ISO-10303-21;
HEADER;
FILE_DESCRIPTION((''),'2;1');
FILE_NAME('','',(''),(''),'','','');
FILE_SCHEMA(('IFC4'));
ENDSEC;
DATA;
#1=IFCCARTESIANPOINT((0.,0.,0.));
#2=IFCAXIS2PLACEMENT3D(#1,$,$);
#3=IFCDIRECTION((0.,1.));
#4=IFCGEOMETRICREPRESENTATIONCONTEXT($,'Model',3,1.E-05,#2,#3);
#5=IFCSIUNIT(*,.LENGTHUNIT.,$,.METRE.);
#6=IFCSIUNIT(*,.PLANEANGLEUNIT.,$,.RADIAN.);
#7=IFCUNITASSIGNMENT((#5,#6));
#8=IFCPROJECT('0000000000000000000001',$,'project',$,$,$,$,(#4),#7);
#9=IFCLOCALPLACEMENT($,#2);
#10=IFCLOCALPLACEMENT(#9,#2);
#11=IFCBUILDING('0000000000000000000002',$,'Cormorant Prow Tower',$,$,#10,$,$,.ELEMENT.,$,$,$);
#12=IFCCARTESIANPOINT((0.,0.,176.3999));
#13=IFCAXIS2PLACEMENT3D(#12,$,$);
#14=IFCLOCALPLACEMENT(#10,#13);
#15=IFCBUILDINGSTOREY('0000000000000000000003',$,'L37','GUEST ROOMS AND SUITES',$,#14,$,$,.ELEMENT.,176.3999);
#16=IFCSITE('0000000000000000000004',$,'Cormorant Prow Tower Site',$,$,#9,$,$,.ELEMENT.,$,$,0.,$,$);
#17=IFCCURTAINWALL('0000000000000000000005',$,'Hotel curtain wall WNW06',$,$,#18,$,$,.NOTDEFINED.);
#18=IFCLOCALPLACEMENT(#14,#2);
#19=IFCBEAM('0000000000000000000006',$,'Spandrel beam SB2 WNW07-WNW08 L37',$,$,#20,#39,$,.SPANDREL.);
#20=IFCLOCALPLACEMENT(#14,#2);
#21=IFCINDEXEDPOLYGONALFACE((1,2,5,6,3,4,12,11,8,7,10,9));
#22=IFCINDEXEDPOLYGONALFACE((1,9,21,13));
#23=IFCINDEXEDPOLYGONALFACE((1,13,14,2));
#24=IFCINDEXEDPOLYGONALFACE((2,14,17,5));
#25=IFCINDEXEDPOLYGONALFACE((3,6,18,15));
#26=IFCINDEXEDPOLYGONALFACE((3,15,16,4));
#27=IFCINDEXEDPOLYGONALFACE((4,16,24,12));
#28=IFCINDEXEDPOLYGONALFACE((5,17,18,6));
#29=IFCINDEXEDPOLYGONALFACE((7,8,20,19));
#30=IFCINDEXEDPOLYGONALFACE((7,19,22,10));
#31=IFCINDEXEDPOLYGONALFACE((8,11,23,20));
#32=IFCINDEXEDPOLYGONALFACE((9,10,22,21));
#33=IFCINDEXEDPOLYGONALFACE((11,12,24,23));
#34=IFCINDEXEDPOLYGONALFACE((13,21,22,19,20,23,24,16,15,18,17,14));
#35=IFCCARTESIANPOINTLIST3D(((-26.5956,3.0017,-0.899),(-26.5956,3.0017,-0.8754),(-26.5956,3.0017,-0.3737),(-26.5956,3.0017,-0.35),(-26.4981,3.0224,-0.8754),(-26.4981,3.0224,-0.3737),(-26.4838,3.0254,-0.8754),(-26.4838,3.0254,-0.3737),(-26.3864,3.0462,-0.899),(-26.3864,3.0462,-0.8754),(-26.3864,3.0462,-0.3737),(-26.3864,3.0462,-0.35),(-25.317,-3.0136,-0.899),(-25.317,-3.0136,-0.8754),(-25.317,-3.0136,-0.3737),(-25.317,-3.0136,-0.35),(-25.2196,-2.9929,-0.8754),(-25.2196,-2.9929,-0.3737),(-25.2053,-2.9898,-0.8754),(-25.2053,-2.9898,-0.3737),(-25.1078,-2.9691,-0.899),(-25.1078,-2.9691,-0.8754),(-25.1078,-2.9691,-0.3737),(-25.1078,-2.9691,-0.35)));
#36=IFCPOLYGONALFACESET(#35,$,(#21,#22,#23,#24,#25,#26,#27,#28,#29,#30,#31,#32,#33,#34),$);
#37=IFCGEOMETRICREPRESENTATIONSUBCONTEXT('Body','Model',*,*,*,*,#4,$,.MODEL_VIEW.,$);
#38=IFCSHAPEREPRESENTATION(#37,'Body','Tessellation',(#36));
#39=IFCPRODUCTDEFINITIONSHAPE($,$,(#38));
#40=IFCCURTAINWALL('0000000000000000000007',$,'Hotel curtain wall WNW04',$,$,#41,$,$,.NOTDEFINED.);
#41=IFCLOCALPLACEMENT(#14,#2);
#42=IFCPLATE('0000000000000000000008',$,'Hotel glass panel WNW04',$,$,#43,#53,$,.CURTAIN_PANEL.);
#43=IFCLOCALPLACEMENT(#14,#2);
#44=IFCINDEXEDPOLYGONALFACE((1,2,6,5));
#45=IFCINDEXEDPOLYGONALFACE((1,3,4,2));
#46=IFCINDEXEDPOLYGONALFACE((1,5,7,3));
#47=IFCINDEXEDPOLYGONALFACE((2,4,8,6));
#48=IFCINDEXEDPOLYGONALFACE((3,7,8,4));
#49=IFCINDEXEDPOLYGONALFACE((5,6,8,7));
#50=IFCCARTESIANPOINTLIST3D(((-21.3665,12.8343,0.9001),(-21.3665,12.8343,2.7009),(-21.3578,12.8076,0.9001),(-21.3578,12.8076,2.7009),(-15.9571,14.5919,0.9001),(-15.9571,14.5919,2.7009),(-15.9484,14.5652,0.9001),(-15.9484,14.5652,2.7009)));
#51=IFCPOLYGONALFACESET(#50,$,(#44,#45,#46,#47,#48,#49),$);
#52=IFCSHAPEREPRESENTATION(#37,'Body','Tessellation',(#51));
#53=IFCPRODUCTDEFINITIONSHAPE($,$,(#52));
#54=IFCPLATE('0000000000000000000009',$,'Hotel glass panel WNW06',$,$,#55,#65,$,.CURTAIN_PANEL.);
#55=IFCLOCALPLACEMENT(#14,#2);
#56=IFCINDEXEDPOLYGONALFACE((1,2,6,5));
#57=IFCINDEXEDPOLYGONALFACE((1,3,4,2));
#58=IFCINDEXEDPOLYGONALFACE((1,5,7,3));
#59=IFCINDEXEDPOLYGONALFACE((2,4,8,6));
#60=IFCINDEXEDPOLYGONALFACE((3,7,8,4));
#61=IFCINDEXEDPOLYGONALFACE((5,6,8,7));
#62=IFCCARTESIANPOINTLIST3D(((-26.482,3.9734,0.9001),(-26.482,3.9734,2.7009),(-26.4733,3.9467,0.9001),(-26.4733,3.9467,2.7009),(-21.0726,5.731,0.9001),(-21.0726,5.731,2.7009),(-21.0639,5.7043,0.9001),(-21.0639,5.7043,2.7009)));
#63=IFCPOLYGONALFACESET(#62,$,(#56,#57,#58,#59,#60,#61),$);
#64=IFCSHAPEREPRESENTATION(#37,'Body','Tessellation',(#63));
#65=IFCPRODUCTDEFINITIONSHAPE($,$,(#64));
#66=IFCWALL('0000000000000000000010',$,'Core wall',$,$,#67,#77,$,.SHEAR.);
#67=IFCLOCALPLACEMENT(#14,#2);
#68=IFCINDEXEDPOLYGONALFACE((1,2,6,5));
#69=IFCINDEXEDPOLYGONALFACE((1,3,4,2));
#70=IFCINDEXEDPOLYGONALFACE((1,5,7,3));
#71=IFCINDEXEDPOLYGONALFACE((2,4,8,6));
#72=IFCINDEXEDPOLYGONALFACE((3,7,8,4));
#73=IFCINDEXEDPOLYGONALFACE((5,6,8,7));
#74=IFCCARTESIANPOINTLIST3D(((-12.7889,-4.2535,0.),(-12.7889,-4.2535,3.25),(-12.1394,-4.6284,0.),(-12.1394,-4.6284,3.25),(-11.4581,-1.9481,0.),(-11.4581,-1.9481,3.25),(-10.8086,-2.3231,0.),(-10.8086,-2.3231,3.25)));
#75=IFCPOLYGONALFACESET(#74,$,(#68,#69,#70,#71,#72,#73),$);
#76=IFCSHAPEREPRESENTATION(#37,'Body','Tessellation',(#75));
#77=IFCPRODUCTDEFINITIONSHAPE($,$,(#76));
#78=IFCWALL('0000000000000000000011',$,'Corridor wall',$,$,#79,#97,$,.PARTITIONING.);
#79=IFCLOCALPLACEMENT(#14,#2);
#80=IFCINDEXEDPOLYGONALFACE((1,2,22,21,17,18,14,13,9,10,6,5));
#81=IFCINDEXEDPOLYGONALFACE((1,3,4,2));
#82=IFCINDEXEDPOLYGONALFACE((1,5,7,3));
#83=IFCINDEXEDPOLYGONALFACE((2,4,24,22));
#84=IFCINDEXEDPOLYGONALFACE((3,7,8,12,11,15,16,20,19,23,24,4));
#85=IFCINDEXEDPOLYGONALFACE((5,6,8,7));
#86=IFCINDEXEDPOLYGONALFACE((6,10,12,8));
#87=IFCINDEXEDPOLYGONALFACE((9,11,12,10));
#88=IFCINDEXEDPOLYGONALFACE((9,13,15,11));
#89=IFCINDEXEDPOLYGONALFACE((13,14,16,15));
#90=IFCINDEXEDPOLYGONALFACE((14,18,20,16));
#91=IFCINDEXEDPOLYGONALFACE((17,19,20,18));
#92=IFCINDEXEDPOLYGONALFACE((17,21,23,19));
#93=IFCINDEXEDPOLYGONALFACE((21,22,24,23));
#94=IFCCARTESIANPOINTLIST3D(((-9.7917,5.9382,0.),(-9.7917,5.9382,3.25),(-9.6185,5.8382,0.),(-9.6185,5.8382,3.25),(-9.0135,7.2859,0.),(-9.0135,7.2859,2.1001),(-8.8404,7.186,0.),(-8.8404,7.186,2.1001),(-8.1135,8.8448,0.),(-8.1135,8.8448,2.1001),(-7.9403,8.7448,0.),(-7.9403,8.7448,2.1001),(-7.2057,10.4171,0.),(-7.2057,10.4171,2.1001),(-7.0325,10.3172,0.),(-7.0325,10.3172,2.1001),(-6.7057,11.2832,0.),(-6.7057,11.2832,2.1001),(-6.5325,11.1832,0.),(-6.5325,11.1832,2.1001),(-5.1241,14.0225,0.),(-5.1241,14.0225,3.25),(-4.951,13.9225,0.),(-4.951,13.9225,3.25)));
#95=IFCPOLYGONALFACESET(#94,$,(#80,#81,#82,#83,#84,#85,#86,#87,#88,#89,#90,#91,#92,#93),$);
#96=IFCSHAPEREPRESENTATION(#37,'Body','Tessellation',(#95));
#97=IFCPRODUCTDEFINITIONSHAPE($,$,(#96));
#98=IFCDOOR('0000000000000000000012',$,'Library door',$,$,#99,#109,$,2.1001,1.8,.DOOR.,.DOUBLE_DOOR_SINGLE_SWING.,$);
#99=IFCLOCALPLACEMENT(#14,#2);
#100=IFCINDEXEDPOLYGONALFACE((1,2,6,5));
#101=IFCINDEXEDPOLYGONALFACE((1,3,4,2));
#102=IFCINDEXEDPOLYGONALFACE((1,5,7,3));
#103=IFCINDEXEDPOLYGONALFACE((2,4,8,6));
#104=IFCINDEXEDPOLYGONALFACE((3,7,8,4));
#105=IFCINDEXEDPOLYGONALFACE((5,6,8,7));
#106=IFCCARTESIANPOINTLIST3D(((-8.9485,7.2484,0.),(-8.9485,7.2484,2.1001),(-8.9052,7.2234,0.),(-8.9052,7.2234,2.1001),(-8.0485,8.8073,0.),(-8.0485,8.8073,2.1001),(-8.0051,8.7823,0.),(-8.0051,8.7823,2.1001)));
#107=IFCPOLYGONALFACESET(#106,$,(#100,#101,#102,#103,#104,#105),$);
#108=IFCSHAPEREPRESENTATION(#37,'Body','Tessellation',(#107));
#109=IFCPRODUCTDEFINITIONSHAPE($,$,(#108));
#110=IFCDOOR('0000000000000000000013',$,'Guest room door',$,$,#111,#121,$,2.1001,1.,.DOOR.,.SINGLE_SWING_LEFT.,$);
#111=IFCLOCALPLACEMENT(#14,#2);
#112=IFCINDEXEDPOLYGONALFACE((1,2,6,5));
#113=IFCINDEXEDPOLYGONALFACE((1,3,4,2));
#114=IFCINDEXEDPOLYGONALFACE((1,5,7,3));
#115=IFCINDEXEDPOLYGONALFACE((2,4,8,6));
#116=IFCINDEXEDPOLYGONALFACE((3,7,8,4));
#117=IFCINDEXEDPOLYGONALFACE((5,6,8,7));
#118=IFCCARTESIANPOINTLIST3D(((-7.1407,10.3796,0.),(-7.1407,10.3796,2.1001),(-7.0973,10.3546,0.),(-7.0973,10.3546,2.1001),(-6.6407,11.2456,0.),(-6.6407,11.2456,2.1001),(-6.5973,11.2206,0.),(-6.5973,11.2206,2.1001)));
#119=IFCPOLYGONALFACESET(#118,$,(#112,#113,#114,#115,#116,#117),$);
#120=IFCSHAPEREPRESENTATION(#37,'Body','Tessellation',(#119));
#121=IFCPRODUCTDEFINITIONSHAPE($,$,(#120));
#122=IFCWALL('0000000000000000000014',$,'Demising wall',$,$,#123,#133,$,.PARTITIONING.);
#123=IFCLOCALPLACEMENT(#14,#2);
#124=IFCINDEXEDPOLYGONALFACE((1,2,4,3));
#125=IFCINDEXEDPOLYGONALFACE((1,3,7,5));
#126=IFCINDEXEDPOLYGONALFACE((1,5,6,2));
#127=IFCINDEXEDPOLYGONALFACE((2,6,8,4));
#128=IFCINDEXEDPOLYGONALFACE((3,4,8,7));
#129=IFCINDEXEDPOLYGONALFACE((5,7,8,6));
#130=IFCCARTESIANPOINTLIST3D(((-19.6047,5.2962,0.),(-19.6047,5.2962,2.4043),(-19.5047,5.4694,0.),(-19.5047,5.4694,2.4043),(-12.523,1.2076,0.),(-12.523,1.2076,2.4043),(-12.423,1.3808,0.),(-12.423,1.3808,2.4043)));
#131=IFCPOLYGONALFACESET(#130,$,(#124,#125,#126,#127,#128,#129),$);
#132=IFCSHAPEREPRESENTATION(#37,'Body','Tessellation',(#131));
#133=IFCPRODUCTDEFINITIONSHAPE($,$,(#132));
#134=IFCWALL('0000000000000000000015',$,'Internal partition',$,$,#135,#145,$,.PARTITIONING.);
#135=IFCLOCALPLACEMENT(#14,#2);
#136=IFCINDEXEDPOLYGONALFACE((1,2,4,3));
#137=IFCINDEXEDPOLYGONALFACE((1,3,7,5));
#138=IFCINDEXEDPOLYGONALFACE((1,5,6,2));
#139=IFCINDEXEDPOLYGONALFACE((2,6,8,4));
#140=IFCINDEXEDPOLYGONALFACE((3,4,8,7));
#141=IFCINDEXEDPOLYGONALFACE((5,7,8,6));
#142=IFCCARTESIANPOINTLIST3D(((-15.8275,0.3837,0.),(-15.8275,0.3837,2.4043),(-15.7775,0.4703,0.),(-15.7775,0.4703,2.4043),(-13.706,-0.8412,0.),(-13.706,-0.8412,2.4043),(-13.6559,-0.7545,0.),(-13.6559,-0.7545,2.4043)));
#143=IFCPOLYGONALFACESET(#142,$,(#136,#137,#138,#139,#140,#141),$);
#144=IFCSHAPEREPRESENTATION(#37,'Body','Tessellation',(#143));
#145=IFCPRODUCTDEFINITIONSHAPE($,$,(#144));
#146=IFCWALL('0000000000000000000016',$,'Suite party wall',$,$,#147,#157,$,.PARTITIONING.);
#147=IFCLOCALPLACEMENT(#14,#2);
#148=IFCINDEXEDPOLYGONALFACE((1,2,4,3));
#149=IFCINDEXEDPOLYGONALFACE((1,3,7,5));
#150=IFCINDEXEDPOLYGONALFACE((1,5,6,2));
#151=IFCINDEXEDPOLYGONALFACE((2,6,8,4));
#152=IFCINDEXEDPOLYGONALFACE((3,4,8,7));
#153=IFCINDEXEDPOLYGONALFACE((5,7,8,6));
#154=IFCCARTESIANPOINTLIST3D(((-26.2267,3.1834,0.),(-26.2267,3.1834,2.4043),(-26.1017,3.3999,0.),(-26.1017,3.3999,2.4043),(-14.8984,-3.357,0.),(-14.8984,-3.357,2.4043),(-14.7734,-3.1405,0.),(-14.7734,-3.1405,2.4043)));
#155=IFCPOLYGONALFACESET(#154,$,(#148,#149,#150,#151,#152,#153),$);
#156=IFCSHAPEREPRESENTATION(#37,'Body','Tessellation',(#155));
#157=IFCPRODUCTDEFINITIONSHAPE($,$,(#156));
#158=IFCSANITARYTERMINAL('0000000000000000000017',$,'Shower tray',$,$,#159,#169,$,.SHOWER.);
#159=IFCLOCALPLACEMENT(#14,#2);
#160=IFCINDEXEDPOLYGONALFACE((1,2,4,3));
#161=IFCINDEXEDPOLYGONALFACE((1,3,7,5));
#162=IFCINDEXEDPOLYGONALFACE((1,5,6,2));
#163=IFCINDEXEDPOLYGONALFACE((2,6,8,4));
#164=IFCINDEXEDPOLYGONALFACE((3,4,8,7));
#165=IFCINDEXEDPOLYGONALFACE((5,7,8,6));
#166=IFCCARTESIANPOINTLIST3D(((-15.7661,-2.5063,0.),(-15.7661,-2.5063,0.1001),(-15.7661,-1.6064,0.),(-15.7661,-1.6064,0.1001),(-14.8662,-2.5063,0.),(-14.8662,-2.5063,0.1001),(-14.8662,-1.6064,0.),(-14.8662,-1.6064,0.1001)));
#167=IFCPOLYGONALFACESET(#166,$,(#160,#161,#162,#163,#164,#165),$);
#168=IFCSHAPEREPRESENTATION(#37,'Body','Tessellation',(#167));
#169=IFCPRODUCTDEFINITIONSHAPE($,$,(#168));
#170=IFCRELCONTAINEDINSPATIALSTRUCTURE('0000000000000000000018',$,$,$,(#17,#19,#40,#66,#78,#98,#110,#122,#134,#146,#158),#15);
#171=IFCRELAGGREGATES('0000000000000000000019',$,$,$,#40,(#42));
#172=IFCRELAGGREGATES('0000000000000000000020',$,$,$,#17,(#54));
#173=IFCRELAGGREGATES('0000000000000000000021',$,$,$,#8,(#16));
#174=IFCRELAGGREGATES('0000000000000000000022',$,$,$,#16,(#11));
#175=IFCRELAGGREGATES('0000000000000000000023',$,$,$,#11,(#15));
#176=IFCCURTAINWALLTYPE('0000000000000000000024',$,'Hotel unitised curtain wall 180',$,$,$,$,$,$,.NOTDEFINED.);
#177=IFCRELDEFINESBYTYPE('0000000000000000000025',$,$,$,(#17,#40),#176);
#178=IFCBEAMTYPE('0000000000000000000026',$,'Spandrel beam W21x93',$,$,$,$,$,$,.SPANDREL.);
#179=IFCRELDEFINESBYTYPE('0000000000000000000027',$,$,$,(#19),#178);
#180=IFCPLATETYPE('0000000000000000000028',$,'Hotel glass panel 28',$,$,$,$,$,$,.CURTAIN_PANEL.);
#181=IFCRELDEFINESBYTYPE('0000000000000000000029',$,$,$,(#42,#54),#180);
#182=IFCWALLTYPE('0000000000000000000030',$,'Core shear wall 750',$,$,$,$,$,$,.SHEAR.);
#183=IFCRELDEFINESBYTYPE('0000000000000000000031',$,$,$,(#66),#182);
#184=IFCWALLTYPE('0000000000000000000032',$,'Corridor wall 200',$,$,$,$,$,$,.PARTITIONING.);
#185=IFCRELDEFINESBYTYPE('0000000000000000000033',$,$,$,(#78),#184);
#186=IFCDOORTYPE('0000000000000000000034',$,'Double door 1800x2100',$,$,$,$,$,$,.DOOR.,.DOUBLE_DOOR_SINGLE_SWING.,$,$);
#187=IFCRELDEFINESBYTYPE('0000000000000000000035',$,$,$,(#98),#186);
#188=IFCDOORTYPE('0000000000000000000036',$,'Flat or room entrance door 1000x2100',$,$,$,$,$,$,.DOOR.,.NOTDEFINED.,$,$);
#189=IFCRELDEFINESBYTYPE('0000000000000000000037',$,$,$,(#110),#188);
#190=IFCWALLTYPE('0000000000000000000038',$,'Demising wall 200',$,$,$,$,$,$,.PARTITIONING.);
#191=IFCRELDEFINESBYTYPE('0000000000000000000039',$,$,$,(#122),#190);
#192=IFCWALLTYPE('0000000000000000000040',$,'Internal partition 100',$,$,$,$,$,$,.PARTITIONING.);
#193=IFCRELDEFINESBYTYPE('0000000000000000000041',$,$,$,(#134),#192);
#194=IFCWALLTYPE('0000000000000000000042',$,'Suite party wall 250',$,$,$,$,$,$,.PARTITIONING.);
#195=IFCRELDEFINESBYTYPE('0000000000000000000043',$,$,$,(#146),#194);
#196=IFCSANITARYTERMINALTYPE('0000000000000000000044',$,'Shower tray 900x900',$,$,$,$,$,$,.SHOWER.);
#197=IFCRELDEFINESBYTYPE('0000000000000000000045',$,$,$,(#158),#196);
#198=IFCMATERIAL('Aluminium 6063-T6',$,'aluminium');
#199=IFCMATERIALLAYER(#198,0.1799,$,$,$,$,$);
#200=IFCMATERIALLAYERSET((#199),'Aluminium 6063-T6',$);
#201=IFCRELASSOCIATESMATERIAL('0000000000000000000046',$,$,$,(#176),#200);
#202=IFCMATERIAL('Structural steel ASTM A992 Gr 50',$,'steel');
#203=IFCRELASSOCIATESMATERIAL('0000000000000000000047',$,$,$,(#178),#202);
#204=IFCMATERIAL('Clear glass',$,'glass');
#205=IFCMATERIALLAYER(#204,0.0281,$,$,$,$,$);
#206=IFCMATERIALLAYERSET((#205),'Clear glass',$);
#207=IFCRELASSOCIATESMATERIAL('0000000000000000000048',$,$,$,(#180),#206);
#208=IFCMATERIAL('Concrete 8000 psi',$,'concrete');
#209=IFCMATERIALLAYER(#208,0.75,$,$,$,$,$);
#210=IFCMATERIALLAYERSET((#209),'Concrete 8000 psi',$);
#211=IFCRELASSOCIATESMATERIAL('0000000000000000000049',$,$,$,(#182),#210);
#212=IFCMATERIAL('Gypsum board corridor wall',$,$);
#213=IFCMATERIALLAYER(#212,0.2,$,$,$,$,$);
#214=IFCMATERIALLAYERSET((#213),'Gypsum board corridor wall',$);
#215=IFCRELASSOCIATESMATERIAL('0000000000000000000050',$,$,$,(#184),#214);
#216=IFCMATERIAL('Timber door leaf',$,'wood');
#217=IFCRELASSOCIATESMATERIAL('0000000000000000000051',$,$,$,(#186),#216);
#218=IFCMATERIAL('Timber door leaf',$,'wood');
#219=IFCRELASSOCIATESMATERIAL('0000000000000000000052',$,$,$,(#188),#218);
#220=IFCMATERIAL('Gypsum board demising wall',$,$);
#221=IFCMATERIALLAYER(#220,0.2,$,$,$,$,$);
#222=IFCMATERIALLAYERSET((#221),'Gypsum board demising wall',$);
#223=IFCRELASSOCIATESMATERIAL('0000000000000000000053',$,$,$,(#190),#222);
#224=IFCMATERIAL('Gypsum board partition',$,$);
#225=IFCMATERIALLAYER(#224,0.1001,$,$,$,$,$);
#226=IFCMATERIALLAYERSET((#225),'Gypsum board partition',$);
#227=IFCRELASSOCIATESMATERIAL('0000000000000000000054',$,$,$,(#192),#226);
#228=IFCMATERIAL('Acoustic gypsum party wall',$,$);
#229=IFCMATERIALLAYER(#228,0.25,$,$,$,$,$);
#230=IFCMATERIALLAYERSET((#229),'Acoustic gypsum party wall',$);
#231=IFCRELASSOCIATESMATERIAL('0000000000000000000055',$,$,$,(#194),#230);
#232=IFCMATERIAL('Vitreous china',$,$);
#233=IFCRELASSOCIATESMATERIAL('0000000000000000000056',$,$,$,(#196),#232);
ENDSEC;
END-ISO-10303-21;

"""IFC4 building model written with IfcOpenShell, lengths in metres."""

from ifc_helpers import new_model, si_unit, direction, frame, frame_2d, origin, origin_2d, place, context, subcontext, project, spatial, rectangle, i_section, extrude, material, layer, layer_set, material_profile, profile_set, type_object, element, fill, aggregate, save


model = new_model("IFC4")

# Units and contexts
model_context = context("Model", 3, precision=1e-05, world=origin(), true_north=direction((0.0, 1.0)))
body_context = subcontext(model_context, "Body", "Model", "MODEL_VIEW")
ifc_project = project(units=[si_unit("LENGTHUNIT", "METRE"), si_unit("PLANEANGLEUNIT", "RADIAN")], contexts=[model_context])

# Site, building, storey
site_placement = place(None, origin())
site = spatial("IfcSite", under=ifc_project, at=site_placement, Name="Cormorant Prow Tower Site", CompositionType="ELEMENT", RefElevation=0.0)
building_placement = place(site_placement, origin())
building = spatial("IfcBuilding", under=site, at=building_placement, Name="Cormorant Prow Tower", CompositionType="ELEMENT")
storey_placement = place(building_placement, frame((0.0, 0.0, 176.3999)))
storey = spatial("IfcBuildingStorey", under=building, at=storey_placement, Name="L37", Description="GUEST ROOMS AND SUITES", CompositionType="ELEMENT", Elevation=176.3999)

# Curtain wall
ifc_material_1 = material(Name="Aluminium 6063-T6", Category="aluminium")
ifc_layer_1 = layer(ifc_material_1, 0.1799)
ifc_layer_set_1 = layer_set([ifc_layer_1], Name="Aluminium 6063-T6")
curtain_wall_type = type_object("IfcCurtainWallType", Name="Hotel unitised curtain wall 180", PredefinedType="NOTDEFINED", material=ifc_layer_set_1)
curtain_wall_1_placement = place(storey_placement, origin())
curtain_wall_1 = element("IfcCurtainWall", 1, at=curtain_wall_1_placement, inside=storey, type_object=curtain_wall_type, Name="Hotel curtain wall WNW06", PredefinedType="NOTDEFINED")

# Beam
ifc_material_2 = material(Name="Structural steel ASTM A992 Gr 50", Category="steel")
ifc_material_profile_1 = material_profile(ifc_material_2, i_section(OverallWidth=0.2139, OverallDepth=0.5491, WebThickness=0.0146, FlangeThickness=0.0237, at=origin_2d()), Name="W21x93")
ifc_profile_set_1 = profile_set([ifc_material_profile_1], Name="Structural steel ASTM A992 Gr 50")
beam_type_1 = type_object("IfcBeamType", Name="Spandrel beam W21x93", PredefinedType="SPANDREL", material=ifc_profile_set_1)
beam_1_placement = place(storey_placement, frame((-26.491, 3.0239, -0.6245), z_axis=(0.207905, -0.978149, 0.0), x_axis=(0.978149, 0.207905, 0.0)))
element("IfcBeam", 2, at=beam_1_placement, inside=storey, type_object=beam_type_1, Name="Spandrel beam SB2 WNW07-WNW08 L37", PredefinedType="SPANDREL", context=body_context, shape_type="SweptSolid", body=[
    extrude(i_section(OverallWidth=0.2139, OverallDepth=0.5491, WebThickness=0.0146, FlangeThickness=0.0237, at=origin_2d()), origin(), (0.0, 0.0, 1.0), 6.1497),
])

# Curtain wall, plate
curtain_wall_2_placement = place(storey_placement, origin())
curtain_wall_2 = element("IfcCurtainWall", 3, at=curtain_wall_2_placement, inside=storey, type_object=curtain_wall_type, Name="Hotel curtain wall WNW04", PredefinedType="NOTDEFINED")
ifc_material_3 = material(Name="Clear glass", Category="glass")
ifc_layer_2 = layer(ifc_material_3, 0.0281)
ifc_layer_set_2 = layer_set([ifc_layer_2], Name="Clear glass")
plate_type = type_object("IfcPlateType", Name="Hotel glass panel 28", PredefinedType="CURTAIN_PANEL", material=ifc_layer_set_2)
plate_1_placement = place(storey_placement, frame((-18.6575, 13.6997, 0.9001), z_axis=(0.0, 0.0, 1.0), x_axis=(-0.951057, -0.309017, 0.0)))
plate_1 = element("IfcPlate", 4, at=plate_1_placement, type_object=plate_type, Name="Hotel glass panel WNW04", PredefinedType="CURTAIN_PANEL", context=body_context, shape_type="SweptSolid", body=[
    extrude(rectangle(XDim=5.6877, YDim=0.0281, at=origin_2d()), origin(), (0.0, 0.0, 1.0), 1.8008),
])
aggregate(curtain_wall_2, [plate_1])

# Plate
plate_2_placement = place(storey_placement, frame((-23.7729, 4.8389, 0.9001), z_axis=(0.0, 0.0, 1.0), x_axis=(-0.951057, -0.309017, 0.0)))
plate_2 = element("IfcPlate", 5, at=plate_2_placement, type_object=plate_type, Name="Hotel glass panel WNW06", PredefinedType="CURTAIN_PANEL", context=body_context, shape_type="SweptSolid", body=[
    extrude(rectangle(XDim=5.6877, YDim=0.0281, at=origin_2d()), origin(), (0.0, 0.0, 1.0), 1.8008),
])
aggregate(curtain_wall_1, [plate_2])

# Wall
ifc_material_4 = material(Name="Concrete 8000 psi", Category="concrete")
ifc_layer_3 = layer(ifc_material_4, 0.75)
ifc_layer_set_3 = layer_set([ifc_layer_3], Name="Concrete 8000 psi")
wall_type_1 = type_object("IfcWallType", Name="Core shear wall 750", PredefinedType="SHEAR", material=ifc_layer_set_3)
wall_1_placement = place(storey_placement, frame((-11.1333, -2.1355, 0.0), z_axis=(0.0, 0.0, 1.0), x_axis=(-0.499937, -0.866062, 0.0)))
element("IfcWall", 6, at=wall_1_placement, inside=storey, type_object=wall_type_1, Name="Core wall", PredefinedType="SHEAR", context=body_context, shape_type="SweptSolid", body=[
    extrude(rectangle(XDim=2.6619, YDim=0.75, at=frame_2d((1.3311, 0.0))), origin(), (0.0, 0.0, 1.0), 3.25),
])

# Wall, openings, doors
ifc_material_5 = material(Name="Gypsum board corridor wall")
ifc_layer_4 = layer(ifc_material_5, 0.2)
ifc_layer_set_4 = layer_set([ifc_layer_4], Name="Gypsum board corridor wall")
wall_type_2 = type_object("IfcWallType", Name="Corridor wall 200", PredefinedType="PARTITIONING", material=ifc_layer_set_4)
wall_2_placement = place(storey_placement, frame((-9.7051, 5.8882, 0.0), z_axis=(0.0, 0.0, 1.0), x_axis=(0.500004, 0.866023, 0.0)))
wall_2 = element("IfcWall", 7, at=wall_2_placement, inside=storey, type_object=wall_type_2, Name="Corridor wall", PredefinedType="PARTITIONING", context=body_context, shape_type="SweptSolid", body=[
    extrude(rectangle(XDim=9.335, YDim=0.2, at=frame_2d((4.6675, 0.0))), origin(), (0.0, 0.0, 1.0), 3.25),
])
opening_1_placement = place(wall_2_placement, frame((5.1719, 0.0, 0.0)))
opening_1 = element("IfcOpeningElement", 8, at=opening_1_placement, cuts=wall_2, PredefinedType="OPENING", context=body_context, shape_type="SweptSolid", body=[
    extrude(rectangle(XDim=1.0, YDim=2.1001, at=frame_2d((0.5, 1.05))), frame((0.0, 0.1099, 0.0), z_axis=(0.0, -1.0, 0.0), x_axis=(1.0, 0.0, 0.0)), (0.0, 0.0, 1.0), 0.22),
])
opening_2_placement = place(wall_2_placement, frame((1.5564, 0.0, 0.0)))
opening_2 = element("IfcOpeningElement", 9, at=opening_2_placement, cuts=wall_2, PredefinedType="OPENING", context=body_context, shape_type="SweptSolid", body=[
    extrude(rectangle(XDim=1.8, YDim=2.1001, at=frame_2d((0.8999, 1.05))), frame((0.0, 0.1099, 0.0), z_axis=(0.0, -1.0, 0.0), x_axis=(1.0, 0.0, 0.0)), (0.0, 0.0, 1.0), 0.22),
])
ifc_material_6 = material(Name="Timber door leaf", Category="wood")
door_type_1 = type_object("IfcDoorType", Name="Double door 1800x2100", OperationType="DOUBLE_DOOR_SINGLE_SWING", PredefinedType="DOOR", material=ifc_material_6)
door_1_placement = place(opening_2_placement, origin())
door_1 = element("IfcDoor", 10, at=door_1_placement, inside=storey, type_object=door_type_1, Name="Library door", OperationType="DOUBLE_DOOR_SINGLE_SWING", OverallHeight=2.1001, OverallWidth=1.8, PredefinedType="DOOR", context=body_context, shape_type="SweptSolid", body=[
    extrude(rectangle(XDim=1.8, YDim=2.1001, at=frame_2d((0.8999, 1.05))), frame((0.0, 0.0249, 0.0), z_axis=(0.0, -1.0, 0.0), x_axis=(1.0, 0.0, 0.0)), (0.0, 0.0, 1.0), 0.05),
])
fill(opening_2, door_1)
ifc_material_7 = material(Name="Timber door leaf", Category="wood")
door_type_2 = type_object("IfcDoorType", Name="Flat or room entrance door 1000x2100", OperationType="NOTDEFINED", PredefinedType="DOOR", material=ifc_material_7)
door_2_placement = place(opening_1_placement, origin())
door_2 = element("IfcDoor", 11, at=door_2_placement, inside=storey, type_object=door_type_2, Name="Guest room door", OperationType="SINGLE_SWING_LEFT", OverallHeight=2.1001, OverallWidth=1.0, PredefinedType="DOOR", context=body_context, shape_type="SweptSolid", body=[
    extrude(rectangle(XDim=1.0, YDim=2.1001, at=frame_2d((0.5, 1.05))), frame((0.0, 0.0249, 0.0), z_axis=(0.0, -1.0, 0.0), x_axis=(1.0, 0.0, 0.0)), (0.0, 0.0, 1.0), 0.05),
])
fill(opening_1, door_2)

# Walls
ifc_material_8 = material(Name="Gypsum board demising wall")
ifc_layer_5 = layer(ifc_material_8, 0.2)
ifc_layer_set_5 = layer_set([ifc_layer_5], Name="Gypsum board demising wall")
wall_type_3 = type_object("IfcWallType", Name="Demising wall 200", PredefinedType="PARTITIONING", material=ifc_layer_set_5)
wall_3_placement = place(storey_placement, frame((-19.5547, 5.3828, 0.0), z_axis=(0.0, 0.0, 1.0), x_axis=(0.866028, -0.499996, 0.0)))
element("IfcWall", 12, at=wall_3_placement, inside=storey, type_object=wall_type_3, Name="Demising wall", PredefinedType="PARTITIONING", context=body_context, shape_type="SweptSolid", body=[
    extrude(rectangle(XDim=8.1772, YDim=0.2, at=frame_2d((4.0886, 0.0))), origin(), (0.0, 0.0, 1.0), 2.4043),
])
ifc_material_9 = material(Name="Gypsum board partition")
ifc_layer_6 = layer(ifc_material_9, 0.1001)
ifc_layer_set_6 = layer_set([ifc_layer_6], Name="Gypsum board partition")
wall_type_4 = type_object("IfcWallType", Name="Internal partition 100", PredefinedType="PARTITIONING", material=ifc_layer_set_6)
wall_4_placement = place(storey_placement, frame((-15.8025, 0.427, 0.0), z_axis=(0.0, 0.0, 1.0), x_axis=(0.866033, -0.499987, 0.0)))
element("IfcWall", 13, at=wall_4_placement, inside=storey, type_object=wall_type_4, Name="Internal partition", PredefinedType="PARTITIONING", context=body_context, shape_type="SweptSolid", body=[
    extrude(rectangle(XDim=2.4497, YDim=0.1001, at=frame_2d((1.2249, 0.0))), origin(), (0.0, 0.0, 1.0), 2.4043),
])
ifc_material_10 = material(Name="Acoustic gypsum party wall")
ifc_layer_7 = layer(ifc_material_10, 0.25)
ifc_layer_set_7 = layer_set([ifc_layer_7], Name="Acoustic gypsum party wall")
wall_type_5 = type_object("IfcWallType", Name="Suite party wall 250", PredefinedType="PARTITIONING", material=ifc_layer_set_7)
wall_5_placement = place(storey_placement, frame((-26.1643, 3.2917, 0.0), z_axis=(0.0, 0.0, 1.0), x_axis=(0.866022, -0.500005, 0.0)))
element("IfcWall", 14, at=wall_5_placement, inside=storey, type_object=wall_type_5, Name="Suite party wall", PredefinedType="PARTITIONING", context=body_context, shape_type="SweptSolid", body=[
    extrude(rectangle(XDim=13.0808, YDim=0.25, at=frame_2d((6.5405, 0.0))), origin(), (0.0, 0.0, 1.0), 2.4043),
])

# Sanitary terminal
ifc_material_11 = material(Name="Vitreous china")
sanitary_terminal_type_1 = type_object("IfcSanitaryTerminalType", Name="Shower tray 900x900", PredefinedType="SHOWER", material=ifc_material_11)
sanitary_terminal_1_placement = place(storey_placement, frame((-15.3162, -2.0564, 0.0), z_axis=(0.0, 0.0, 1.0), x_axis=(1.0, 0.0, 0.0)))
element("IfcSanitaryTerminal", 15, at=sanitary_terminal_1_placement, inside=storey, type_object=sanitary_terminal_type_1, Name="Shower tray", PredefinedType="SHOWER", context=body_context, shape_type="SweptSolid", body=[
    extrude(rectangle(XDim=0.8999, YDim=0.8999, at=origin_2d()), origin(), (0.0, 0.0, 1.0), 0.1001),
])

save(model, "model.ifc")
